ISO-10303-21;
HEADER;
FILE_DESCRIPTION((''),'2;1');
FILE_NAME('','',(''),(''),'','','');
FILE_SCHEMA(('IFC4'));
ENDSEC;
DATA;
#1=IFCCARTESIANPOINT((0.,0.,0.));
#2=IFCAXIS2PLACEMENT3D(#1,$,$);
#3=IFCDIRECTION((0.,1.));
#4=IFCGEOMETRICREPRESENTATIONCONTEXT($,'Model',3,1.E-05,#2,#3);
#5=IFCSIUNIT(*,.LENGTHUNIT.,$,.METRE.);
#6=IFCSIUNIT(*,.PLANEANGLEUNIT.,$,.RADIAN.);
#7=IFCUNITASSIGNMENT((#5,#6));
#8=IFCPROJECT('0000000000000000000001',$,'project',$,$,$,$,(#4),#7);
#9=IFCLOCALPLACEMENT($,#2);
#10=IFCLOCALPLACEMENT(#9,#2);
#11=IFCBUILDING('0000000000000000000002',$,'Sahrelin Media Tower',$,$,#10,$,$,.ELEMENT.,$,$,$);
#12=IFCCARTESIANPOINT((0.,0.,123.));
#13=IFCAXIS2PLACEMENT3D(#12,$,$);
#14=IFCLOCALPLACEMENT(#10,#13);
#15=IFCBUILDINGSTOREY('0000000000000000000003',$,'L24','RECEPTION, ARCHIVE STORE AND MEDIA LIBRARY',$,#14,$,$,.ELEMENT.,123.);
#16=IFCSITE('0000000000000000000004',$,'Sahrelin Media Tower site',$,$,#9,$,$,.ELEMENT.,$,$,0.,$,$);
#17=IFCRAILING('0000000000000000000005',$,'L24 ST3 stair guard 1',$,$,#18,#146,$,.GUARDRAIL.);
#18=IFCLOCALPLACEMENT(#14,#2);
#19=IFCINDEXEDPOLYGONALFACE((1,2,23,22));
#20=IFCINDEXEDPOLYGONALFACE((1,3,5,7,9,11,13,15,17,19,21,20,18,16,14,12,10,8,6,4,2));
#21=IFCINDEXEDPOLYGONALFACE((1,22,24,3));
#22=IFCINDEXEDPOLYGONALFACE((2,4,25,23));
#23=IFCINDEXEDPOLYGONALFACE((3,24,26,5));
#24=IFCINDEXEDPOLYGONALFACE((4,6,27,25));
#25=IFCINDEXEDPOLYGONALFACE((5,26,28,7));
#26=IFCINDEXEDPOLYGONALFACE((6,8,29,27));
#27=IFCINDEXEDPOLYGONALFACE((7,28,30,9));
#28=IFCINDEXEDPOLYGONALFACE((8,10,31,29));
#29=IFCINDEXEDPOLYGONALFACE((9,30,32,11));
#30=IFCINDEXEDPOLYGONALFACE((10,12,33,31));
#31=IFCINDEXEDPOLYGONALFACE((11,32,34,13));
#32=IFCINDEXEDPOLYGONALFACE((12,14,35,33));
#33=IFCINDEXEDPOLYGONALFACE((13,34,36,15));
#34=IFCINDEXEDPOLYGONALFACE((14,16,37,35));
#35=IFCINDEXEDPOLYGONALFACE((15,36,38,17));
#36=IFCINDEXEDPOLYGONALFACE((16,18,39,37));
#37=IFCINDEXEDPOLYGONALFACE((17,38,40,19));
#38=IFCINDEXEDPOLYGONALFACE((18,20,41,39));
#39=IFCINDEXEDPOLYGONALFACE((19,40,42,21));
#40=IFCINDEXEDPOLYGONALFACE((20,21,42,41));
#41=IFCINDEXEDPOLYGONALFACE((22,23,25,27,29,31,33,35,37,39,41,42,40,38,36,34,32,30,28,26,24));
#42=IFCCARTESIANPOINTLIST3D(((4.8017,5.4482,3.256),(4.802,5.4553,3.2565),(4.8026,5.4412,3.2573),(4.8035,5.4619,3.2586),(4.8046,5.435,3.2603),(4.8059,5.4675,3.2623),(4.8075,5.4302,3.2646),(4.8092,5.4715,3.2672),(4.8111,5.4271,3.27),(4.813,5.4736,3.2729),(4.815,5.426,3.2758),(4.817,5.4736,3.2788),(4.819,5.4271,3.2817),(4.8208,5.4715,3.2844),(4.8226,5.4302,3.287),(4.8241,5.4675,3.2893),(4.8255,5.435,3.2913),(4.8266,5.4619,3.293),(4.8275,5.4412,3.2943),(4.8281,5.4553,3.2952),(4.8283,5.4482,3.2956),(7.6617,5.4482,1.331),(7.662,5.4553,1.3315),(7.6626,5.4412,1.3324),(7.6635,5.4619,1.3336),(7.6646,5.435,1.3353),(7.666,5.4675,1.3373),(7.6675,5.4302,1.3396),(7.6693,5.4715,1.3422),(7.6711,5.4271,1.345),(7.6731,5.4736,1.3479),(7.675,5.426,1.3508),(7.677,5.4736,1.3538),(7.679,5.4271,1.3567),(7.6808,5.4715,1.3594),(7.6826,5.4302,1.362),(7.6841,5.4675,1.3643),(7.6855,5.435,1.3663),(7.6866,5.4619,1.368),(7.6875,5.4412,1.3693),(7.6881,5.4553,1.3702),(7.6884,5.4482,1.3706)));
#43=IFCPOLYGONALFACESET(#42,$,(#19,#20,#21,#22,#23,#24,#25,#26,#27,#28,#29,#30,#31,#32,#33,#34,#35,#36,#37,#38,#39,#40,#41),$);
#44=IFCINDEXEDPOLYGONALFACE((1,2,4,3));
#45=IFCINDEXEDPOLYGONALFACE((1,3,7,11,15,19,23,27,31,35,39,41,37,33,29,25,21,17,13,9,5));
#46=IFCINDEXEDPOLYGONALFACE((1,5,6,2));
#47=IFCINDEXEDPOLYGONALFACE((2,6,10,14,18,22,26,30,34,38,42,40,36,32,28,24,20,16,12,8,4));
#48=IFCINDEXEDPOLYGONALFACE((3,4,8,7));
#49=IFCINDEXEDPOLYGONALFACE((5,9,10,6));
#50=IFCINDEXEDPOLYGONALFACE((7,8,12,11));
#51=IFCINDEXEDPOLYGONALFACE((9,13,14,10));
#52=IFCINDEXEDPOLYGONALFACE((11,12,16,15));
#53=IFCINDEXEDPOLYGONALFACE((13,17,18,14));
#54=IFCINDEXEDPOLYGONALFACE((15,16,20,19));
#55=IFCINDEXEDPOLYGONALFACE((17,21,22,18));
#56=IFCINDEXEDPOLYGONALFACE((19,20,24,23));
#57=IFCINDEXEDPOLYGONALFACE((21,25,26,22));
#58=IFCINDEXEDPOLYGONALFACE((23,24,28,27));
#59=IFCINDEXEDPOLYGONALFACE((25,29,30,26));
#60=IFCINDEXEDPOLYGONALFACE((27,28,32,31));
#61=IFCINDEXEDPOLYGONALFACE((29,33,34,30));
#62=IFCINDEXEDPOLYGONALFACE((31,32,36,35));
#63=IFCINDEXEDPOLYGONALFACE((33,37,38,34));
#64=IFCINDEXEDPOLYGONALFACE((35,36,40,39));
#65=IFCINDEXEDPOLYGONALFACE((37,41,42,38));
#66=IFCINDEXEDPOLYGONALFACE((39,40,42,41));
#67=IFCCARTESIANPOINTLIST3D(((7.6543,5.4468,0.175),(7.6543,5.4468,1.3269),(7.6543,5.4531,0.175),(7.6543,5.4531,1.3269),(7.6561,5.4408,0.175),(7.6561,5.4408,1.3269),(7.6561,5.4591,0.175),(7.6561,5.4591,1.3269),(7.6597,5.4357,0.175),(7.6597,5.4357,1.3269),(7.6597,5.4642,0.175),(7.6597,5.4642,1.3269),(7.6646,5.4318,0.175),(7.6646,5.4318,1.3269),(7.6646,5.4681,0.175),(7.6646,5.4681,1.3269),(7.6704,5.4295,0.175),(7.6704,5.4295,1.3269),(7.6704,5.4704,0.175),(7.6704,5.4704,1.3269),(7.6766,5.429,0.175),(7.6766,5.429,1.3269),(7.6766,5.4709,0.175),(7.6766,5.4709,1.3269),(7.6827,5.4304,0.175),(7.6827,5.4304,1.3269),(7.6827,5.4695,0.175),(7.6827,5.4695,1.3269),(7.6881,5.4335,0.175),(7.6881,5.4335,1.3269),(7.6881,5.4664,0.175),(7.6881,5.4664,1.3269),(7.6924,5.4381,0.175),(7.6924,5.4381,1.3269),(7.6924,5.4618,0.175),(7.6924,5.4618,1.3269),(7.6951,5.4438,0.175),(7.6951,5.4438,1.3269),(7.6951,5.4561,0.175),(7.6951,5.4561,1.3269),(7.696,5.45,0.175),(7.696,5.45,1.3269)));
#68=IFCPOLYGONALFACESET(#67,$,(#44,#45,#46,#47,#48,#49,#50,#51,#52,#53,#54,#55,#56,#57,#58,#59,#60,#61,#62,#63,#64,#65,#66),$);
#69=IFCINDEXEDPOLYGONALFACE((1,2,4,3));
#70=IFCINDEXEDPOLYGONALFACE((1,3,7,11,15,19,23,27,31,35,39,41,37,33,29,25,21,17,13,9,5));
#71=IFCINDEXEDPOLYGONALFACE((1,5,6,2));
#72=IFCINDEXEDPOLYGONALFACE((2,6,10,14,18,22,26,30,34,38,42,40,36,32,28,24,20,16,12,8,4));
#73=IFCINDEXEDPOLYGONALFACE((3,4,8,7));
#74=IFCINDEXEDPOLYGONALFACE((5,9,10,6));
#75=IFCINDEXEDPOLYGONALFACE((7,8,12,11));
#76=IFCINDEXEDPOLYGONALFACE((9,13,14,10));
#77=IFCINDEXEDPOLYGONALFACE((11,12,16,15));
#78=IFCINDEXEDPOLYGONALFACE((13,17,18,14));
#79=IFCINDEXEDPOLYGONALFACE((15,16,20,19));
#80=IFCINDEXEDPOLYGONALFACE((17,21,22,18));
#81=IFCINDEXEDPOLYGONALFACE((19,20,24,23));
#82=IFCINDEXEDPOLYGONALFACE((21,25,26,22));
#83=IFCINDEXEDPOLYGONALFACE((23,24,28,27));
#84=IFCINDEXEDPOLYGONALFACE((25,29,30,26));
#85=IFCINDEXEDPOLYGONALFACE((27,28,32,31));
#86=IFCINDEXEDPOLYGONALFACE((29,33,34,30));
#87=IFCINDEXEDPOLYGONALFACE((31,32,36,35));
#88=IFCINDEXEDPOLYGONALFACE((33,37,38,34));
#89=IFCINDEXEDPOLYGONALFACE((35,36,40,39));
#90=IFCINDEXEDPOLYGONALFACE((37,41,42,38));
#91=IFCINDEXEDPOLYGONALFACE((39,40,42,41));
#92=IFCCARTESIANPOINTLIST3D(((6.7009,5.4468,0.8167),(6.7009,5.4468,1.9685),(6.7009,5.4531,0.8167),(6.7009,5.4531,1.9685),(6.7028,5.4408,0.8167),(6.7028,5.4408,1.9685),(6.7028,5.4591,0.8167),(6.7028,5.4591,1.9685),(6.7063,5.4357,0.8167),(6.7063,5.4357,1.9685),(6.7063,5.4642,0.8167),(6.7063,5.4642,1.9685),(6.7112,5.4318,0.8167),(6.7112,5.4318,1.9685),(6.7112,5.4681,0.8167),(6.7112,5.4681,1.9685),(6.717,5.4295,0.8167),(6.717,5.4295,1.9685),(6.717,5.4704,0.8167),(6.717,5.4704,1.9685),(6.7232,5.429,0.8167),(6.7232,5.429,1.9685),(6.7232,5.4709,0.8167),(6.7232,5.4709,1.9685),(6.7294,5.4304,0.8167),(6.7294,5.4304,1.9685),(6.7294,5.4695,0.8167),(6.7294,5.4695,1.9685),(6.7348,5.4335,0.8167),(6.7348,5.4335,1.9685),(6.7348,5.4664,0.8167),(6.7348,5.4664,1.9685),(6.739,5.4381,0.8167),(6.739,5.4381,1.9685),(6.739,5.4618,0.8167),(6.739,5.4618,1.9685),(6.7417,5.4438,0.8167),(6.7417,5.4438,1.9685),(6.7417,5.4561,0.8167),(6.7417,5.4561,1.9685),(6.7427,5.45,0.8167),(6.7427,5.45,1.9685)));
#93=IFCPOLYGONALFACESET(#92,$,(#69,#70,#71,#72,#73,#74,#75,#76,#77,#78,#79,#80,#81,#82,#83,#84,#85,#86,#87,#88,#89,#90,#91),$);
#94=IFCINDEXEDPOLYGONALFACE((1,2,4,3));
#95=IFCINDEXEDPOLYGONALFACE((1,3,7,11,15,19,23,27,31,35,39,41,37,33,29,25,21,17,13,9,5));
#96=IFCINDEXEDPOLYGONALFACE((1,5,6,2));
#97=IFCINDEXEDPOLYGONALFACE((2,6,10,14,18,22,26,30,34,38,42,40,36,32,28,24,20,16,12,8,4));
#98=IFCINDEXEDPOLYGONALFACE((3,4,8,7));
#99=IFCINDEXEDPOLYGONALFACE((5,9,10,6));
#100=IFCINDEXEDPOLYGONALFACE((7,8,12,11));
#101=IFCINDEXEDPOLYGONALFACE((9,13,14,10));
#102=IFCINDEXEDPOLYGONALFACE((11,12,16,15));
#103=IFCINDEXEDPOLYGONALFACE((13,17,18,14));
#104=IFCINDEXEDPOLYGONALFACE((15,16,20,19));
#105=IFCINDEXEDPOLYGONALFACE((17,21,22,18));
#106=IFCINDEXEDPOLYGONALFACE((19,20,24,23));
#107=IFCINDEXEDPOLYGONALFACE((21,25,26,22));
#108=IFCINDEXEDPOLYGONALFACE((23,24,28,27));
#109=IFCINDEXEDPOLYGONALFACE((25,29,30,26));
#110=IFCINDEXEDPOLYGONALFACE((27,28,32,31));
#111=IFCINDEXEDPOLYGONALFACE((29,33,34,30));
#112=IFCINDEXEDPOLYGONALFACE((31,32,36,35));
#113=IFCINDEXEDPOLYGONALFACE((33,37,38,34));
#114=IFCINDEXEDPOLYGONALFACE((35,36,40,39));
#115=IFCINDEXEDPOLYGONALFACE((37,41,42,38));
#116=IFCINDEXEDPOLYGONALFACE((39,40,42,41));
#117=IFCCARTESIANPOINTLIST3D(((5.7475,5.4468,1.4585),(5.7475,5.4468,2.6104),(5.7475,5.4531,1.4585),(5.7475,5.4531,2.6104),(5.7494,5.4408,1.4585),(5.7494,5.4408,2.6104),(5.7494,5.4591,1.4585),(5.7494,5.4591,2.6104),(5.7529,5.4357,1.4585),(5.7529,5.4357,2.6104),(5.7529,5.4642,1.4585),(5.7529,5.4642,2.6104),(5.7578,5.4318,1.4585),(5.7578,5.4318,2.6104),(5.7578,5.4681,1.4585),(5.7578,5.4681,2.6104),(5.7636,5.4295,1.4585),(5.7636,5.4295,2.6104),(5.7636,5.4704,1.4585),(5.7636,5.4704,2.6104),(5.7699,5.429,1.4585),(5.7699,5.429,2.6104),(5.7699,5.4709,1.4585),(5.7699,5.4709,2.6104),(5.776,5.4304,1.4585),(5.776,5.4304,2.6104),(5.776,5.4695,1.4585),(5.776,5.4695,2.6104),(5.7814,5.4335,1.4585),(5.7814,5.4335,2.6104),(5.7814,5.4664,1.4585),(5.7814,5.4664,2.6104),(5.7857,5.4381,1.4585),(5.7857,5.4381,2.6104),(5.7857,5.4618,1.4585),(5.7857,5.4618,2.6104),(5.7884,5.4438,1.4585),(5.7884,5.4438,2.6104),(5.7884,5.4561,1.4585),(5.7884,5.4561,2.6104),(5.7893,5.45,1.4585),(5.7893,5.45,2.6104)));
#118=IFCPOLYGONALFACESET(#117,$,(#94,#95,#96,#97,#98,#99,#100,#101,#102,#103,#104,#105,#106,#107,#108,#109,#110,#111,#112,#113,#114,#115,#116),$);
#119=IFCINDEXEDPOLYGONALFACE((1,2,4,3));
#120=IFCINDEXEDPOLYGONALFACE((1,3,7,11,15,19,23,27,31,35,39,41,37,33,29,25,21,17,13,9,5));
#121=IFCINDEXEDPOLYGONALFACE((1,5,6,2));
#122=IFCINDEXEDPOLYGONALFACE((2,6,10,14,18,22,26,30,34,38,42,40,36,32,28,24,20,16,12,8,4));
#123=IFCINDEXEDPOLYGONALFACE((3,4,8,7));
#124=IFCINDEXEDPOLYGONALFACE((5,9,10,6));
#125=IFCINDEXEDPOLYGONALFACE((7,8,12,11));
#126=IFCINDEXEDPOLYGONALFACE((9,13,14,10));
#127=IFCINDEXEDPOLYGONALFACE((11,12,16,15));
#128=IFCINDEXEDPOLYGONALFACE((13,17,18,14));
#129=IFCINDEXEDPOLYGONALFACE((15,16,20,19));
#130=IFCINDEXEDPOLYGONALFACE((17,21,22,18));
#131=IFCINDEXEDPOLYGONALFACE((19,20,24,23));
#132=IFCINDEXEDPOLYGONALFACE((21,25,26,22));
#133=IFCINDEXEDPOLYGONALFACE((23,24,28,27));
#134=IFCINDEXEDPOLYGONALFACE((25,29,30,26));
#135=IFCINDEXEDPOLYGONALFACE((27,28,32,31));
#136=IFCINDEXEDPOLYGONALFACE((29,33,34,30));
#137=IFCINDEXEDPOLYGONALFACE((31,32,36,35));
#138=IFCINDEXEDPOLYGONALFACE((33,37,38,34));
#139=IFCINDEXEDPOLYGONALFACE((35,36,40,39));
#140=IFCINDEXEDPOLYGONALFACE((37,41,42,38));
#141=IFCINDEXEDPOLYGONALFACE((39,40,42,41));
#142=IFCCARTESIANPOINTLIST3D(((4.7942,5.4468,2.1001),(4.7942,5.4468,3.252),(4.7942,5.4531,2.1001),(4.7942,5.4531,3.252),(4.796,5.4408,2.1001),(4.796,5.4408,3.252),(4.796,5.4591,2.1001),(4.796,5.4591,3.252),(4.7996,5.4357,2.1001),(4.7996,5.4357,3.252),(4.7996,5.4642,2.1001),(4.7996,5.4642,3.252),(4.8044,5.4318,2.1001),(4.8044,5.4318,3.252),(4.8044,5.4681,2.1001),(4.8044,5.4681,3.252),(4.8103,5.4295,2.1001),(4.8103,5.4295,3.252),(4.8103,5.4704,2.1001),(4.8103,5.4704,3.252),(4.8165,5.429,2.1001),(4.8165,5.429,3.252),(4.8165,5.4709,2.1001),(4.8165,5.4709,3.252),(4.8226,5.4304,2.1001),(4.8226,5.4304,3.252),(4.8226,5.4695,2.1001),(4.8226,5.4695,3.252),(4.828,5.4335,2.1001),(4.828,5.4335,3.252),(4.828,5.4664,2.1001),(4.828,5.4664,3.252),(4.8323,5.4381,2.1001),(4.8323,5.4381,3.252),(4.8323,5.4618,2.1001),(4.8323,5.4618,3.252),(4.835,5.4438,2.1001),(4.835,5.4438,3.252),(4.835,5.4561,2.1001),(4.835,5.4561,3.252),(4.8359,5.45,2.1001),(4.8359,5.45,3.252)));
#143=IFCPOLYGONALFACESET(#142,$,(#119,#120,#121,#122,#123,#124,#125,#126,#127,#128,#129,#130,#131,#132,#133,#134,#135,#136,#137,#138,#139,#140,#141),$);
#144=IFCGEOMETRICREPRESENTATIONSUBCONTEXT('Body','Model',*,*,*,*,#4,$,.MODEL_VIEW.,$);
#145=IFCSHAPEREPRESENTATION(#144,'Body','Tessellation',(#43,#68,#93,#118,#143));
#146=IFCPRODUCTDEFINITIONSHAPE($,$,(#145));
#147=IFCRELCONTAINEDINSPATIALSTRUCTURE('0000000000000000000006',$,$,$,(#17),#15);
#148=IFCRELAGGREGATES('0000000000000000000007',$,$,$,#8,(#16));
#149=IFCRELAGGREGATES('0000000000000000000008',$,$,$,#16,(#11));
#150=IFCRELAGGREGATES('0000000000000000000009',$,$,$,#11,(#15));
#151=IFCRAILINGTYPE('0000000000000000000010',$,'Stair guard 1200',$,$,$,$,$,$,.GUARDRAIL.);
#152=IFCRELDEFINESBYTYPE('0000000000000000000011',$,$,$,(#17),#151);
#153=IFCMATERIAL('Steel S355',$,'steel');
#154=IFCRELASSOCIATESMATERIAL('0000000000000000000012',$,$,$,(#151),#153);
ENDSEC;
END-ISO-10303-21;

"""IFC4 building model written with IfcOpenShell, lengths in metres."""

from ifc_helpers import new_model, si_unit, direction, frame, origin, origin_2d, place, context, subcontext, project, spatial, circle, extrude, material, type_object, element, save


model = new_model("IFC4")

# Units and contexts
model_context = context("Model", 3, precision=1e-05, world=origin(), true_north=direction((0.0, 1.0)))
body_context = subcontext(model_context, "Body", "Model", "MODEL_VIEW")
ifc_project = project(units=[si_unit("LENGTHUNIT", "METRE"), si_unit("PLANEANGLEUNIT", "RADIAN")], contexts=[model_context])

# Site, building, storey
site_placement = place(None, origin())
site = spatial("IfcSite", under=ifc_project, at=site_placement, Name="Sahrelin Media Tower site", CompositionType="ELEMENT", RefElevation=0.0)
building_placement = place(site_placement, origin())
building = spatial("IfcBuilding", under=site, at=building_placement, Name="Sahrelin Media Tower", CompositionType="ELEMENT")
storey_placement = place(building_placement, frame((0.0, 0.0, 123.0)))
storey = spatial("IfcBuildingStorey", under=building, at=storey_placement, Name="L24", Description="RECEPTION, ARCHIVE STORE AND MEDIA LIBRARY", CompositionType="ELEMENT", Elevation=123.0)

# Shared definitions
ifc_material_1 = material(Name="Steel S355", Category="steel")

# Railing
railing_type_1 = type_object("IfcRailingType", Name="Stair guard 1200", PredefinedType="GUARDRAIL", material=ifc_material_1)
railing_1_placement = place(storey_placement, frame((7.675, 5.45, 0.175)))
element("IfcRailing", 1, at=railing_1_placement, inside=storey, type_object=railing_type_1, Name="L24 ST3 stair guard 1", PredefinedType="GUARDRAIL", context=body_context, shape_type="SweptSolid", body=[
    extrude(circle(Radius=0.0239, at=origin_2d()), frame((0.0, 0.0, 1.1758), z_axis=(-0.829591, 0.0, 0.558372), x_axis=(0.0, -1.0, 0.0)), (0.0, 0.0, 1.0), 3.4475),
    extrude(circle(Radius=0.021, at=origin_2d()), origin(), (0.0, 0.0, 1.0), 1.1519),
    extrude(circle(Radius=0.021, at=origin_2d()), frame((-0.9534, 0.0, 0.6416)), (0.0, 0.0, 1.0), 1.1519),
    extrude(circle(Radius=0.021, at=origin_2d()), frame((-1.9067, 0.0, 1.2834)), (0.0, 0.0, 1.0), 1.1519),
    extrude(circle(Radius=0.021, at=origin_2d()), frame((-2.8601, 0.0, 1.925)), (0.0, 0.0, 1.0), 1.1519),
])

save(model, "model.ifc")
